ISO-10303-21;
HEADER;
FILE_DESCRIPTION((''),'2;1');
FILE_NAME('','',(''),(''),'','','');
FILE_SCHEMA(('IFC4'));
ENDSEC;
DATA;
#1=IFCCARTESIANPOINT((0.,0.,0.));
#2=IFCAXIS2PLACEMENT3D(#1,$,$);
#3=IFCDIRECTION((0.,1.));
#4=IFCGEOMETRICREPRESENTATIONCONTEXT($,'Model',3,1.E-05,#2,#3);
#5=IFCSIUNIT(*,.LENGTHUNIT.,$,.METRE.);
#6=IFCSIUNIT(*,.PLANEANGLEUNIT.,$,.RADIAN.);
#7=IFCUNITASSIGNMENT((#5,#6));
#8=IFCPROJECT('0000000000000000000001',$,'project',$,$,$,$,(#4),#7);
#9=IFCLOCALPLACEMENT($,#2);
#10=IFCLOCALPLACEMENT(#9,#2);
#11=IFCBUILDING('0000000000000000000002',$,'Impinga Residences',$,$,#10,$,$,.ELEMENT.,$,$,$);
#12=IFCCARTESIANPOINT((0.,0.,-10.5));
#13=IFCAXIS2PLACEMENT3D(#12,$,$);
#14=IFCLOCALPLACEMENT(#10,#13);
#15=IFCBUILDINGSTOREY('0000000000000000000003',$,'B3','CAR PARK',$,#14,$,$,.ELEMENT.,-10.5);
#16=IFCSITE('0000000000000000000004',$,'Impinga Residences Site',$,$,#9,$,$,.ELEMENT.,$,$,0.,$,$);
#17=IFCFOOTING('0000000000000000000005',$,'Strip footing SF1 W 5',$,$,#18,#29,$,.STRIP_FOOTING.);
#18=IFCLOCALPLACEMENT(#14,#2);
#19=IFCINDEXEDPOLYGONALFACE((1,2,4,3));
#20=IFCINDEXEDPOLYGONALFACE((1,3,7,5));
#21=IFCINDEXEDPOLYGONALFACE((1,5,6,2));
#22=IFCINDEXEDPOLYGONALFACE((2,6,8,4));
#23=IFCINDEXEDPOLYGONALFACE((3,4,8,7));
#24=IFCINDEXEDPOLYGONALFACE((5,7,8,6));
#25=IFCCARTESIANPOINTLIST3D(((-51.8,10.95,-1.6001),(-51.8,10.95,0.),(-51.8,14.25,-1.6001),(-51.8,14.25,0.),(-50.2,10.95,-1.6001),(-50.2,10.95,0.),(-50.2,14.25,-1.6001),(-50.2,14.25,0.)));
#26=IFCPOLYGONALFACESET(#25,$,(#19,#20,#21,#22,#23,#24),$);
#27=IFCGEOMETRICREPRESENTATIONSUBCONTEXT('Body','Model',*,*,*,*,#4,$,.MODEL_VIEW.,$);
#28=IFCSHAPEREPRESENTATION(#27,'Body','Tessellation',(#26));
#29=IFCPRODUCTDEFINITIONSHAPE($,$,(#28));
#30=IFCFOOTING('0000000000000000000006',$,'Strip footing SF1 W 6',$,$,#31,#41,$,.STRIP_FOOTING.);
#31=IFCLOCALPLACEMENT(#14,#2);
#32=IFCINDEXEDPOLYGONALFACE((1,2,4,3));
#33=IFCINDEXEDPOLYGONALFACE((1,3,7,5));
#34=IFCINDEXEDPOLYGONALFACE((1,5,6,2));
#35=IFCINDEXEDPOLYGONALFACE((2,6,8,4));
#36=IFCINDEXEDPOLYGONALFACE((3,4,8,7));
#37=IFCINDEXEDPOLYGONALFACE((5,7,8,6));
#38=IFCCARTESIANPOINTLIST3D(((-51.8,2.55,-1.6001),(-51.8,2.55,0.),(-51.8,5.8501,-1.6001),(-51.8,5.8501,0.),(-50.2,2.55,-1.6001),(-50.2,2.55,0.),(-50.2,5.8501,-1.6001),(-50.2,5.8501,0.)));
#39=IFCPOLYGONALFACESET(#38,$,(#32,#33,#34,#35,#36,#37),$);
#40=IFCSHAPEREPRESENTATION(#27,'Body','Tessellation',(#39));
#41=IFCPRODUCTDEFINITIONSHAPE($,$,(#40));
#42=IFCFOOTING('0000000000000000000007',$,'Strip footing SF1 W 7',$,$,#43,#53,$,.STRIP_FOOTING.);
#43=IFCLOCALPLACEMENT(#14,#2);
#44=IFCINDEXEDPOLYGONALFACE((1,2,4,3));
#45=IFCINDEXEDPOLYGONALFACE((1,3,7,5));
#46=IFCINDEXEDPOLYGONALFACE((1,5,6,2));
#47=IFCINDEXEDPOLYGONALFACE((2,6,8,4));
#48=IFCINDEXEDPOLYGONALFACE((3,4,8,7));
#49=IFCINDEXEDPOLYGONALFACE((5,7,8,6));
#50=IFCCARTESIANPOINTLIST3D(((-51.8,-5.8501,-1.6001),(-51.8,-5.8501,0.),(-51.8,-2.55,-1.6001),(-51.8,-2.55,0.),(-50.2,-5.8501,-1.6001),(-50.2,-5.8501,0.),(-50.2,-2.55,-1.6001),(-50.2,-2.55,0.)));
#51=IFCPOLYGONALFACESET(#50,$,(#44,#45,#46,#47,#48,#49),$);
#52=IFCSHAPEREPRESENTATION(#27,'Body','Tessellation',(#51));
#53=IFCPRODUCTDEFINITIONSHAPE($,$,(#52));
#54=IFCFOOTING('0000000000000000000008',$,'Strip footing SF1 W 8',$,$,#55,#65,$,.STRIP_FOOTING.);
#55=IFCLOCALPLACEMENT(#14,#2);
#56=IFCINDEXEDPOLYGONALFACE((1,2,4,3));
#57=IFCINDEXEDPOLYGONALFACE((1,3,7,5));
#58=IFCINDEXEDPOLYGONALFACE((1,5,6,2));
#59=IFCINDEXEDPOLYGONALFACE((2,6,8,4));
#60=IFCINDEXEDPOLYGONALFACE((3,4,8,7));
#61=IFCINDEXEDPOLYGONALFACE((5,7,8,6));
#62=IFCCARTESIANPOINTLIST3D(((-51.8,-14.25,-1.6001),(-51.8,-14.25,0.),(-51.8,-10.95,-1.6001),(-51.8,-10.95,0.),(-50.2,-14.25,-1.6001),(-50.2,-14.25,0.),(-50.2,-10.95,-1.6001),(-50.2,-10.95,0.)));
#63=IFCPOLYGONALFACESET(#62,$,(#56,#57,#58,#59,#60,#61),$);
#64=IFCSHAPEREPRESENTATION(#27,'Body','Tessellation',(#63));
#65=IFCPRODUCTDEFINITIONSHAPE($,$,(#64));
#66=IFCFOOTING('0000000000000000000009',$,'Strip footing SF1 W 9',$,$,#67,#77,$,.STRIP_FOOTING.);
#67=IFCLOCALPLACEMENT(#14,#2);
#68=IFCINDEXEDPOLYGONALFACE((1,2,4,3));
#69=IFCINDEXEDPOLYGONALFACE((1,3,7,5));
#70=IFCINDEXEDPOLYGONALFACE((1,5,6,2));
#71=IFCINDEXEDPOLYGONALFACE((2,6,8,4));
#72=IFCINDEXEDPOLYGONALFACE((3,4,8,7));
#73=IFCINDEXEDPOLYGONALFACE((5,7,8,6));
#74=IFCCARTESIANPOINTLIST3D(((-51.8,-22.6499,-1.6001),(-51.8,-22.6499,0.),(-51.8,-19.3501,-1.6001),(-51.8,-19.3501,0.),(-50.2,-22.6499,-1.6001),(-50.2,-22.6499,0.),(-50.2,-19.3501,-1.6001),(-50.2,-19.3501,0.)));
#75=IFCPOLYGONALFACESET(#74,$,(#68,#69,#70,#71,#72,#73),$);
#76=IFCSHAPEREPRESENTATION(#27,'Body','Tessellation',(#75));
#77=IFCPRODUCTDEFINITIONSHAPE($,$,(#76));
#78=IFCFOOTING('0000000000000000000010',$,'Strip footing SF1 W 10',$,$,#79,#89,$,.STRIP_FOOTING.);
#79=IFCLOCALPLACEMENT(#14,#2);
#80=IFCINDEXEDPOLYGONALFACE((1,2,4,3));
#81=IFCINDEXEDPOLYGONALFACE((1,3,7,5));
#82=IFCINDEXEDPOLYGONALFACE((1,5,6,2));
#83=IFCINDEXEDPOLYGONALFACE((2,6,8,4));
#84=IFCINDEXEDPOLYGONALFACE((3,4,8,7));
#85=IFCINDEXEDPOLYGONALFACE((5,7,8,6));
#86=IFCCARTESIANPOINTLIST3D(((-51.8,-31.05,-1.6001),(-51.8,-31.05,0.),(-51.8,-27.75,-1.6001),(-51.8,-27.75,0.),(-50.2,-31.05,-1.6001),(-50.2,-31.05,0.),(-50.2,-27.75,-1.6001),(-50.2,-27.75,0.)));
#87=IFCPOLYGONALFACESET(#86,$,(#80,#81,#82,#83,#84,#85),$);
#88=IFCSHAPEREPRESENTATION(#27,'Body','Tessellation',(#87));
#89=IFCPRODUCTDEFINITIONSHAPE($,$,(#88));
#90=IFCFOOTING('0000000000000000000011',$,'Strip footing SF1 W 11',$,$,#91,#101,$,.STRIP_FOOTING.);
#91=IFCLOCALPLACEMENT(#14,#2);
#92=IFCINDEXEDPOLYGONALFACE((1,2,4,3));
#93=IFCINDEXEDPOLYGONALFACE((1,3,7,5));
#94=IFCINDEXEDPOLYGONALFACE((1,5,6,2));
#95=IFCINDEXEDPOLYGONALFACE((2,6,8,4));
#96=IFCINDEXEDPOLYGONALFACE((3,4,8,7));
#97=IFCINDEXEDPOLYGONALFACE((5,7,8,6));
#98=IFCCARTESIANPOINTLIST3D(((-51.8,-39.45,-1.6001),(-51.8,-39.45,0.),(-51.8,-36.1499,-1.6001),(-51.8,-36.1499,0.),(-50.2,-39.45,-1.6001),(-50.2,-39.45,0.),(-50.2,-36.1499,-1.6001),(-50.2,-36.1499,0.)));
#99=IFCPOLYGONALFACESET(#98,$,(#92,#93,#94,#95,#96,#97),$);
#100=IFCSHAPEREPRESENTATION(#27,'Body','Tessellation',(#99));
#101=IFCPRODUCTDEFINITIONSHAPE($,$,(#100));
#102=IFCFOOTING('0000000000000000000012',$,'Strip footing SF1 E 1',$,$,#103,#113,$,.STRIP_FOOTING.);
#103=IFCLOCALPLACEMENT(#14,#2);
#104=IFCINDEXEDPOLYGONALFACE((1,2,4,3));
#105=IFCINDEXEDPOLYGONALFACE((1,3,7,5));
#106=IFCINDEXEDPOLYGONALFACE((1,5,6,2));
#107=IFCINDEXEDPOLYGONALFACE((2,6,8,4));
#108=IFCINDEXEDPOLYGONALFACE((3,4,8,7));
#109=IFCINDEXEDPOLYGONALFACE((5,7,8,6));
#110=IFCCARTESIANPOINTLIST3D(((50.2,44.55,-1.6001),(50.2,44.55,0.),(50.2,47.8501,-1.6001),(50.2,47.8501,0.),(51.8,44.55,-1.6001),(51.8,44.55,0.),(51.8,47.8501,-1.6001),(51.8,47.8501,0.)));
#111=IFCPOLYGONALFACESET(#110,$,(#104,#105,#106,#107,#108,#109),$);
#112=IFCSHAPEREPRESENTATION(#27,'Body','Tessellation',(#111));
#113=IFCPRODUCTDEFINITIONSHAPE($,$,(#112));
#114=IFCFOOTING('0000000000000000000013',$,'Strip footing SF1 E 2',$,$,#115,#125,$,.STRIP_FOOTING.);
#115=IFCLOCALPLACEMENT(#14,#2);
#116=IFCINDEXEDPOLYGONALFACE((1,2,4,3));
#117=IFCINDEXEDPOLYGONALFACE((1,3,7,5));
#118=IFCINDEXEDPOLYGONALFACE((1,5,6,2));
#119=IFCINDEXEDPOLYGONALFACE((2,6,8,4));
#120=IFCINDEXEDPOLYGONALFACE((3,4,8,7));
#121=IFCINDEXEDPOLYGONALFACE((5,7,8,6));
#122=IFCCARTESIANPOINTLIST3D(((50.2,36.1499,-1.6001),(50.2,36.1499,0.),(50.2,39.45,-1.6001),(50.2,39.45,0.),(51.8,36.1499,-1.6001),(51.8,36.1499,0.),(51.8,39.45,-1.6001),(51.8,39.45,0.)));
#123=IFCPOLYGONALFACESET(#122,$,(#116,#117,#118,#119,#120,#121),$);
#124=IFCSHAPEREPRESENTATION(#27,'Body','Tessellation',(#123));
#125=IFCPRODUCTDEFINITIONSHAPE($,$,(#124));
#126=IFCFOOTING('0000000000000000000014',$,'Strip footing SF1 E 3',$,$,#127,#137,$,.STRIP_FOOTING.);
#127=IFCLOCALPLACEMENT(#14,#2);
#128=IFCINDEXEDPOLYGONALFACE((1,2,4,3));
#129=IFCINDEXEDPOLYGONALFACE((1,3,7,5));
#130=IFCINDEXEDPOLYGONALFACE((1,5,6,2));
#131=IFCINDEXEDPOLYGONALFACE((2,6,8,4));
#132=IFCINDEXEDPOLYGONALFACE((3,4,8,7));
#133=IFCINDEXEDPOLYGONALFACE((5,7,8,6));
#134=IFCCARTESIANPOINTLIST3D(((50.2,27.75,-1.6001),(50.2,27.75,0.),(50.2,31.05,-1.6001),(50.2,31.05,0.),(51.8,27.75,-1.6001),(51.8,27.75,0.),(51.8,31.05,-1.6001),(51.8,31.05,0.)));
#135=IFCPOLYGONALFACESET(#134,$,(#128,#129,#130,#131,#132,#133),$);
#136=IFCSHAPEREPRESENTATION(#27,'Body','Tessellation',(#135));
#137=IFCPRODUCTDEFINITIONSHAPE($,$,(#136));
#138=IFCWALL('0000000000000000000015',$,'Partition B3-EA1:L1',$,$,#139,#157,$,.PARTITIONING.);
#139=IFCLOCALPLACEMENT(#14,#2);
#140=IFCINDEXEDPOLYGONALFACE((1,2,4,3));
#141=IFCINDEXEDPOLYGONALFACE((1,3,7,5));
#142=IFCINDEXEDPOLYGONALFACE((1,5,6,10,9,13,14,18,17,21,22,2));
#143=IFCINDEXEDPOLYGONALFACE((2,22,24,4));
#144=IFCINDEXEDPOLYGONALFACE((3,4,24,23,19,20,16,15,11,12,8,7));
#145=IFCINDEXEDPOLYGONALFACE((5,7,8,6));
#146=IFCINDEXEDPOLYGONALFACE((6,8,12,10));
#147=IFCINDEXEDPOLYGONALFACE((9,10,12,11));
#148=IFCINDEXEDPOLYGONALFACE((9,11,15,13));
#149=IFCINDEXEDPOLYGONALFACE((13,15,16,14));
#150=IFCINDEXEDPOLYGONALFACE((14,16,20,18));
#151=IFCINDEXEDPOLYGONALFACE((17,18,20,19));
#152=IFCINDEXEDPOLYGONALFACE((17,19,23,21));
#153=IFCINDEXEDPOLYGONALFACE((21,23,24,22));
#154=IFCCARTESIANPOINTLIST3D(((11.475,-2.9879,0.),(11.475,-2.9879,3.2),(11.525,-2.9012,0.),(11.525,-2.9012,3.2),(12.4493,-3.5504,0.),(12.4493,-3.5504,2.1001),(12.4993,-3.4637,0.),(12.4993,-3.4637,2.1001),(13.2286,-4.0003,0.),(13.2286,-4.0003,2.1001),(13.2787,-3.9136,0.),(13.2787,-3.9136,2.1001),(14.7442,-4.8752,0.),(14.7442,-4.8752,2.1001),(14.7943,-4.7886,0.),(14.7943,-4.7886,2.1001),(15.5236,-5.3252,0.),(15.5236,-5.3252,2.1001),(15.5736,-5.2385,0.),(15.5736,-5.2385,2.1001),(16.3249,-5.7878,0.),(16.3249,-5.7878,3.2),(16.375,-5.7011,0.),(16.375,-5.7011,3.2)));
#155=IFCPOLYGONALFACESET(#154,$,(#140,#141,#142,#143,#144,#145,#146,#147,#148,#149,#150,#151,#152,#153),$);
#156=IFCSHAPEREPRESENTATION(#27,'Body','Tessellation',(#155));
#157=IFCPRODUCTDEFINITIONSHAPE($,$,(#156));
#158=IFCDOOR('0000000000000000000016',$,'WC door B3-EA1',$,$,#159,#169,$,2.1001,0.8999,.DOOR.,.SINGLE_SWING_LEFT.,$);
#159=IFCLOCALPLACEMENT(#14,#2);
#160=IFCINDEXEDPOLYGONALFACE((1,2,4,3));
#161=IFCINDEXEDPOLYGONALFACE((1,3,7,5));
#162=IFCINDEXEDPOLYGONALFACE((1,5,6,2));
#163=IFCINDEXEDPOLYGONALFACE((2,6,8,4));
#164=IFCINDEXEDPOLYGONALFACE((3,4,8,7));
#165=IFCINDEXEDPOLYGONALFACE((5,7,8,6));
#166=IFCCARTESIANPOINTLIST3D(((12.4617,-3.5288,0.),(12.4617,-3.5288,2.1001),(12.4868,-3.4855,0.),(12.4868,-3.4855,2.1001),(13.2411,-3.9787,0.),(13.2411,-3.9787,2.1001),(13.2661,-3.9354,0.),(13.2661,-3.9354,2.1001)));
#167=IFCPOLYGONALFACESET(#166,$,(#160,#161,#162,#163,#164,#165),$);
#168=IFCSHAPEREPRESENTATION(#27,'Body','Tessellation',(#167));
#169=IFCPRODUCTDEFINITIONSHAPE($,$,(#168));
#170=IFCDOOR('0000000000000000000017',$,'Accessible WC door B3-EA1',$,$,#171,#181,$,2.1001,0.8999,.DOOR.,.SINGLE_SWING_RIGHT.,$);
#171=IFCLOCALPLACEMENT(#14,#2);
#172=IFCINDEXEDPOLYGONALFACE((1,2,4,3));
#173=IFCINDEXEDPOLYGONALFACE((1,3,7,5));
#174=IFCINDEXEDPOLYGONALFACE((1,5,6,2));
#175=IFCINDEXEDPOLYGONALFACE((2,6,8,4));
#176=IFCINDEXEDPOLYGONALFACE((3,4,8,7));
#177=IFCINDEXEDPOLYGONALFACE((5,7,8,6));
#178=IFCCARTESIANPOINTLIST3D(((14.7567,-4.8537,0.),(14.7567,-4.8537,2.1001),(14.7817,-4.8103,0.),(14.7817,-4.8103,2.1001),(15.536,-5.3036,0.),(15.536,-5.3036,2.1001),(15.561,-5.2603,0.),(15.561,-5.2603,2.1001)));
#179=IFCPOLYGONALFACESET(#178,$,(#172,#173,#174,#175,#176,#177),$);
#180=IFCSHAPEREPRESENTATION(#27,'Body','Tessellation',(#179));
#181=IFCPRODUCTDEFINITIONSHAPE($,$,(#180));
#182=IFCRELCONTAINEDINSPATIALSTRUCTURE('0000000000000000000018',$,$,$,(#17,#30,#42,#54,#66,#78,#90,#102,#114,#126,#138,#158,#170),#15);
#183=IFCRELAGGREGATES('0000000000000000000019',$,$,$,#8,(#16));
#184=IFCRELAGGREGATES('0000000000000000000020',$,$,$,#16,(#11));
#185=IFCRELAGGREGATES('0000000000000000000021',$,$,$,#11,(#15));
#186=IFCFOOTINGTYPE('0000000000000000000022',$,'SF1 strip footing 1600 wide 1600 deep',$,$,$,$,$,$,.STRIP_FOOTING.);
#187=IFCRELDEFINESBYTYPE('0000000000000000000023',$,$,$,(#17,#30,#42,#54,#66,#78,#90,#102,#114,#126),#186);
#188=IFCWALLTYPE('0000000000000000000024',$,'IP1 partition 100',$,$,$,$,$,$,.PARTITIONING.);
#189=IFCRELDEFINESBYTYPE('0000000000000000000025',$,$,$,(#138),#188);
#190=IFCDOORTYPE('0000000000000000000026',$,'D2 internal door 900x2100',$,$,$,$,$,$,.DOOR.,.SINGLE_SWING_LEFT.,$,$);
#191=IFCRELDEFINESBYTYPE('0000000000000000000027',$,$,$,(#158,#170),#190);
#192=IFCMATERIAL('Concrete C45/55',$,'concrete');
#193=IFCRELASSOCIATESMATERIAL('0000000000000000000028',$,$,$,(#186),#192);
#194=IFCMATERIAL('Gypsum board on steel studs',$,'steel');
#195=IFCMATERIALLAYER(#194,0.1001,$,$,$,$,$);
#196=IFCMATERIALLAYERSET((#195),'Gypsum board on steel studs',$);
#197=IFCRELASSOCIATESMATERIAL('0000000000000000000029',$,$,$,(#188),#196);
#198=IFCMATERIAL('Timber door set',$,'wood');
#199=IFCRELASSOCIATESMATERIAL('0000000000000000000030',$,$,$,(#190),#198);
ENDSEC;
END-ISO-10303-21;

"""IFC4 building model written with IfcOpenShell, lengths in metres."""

from ifc_helpers import new_model, si_unit, direction, frame, frame_2d, origin, place, context, subcontext, project, spatial, polyline, rectangle, outline, extrude, material, layer, layer_set, type_object, element, fill, save


model = new_model("IFC4")

# Units and contexts
model_context = context("Model", 3, precision=1e-05, world=origin(), true_north=direction((0.0, 1.0)))
body_context = subcontext(model_context, "Body", "Model", "MODEL_VIEW")
ifc_project = project(units=[si_unit("LENGTHUNIT", "METRE"), si_unit("PLANEANGLEUNIT", "RADIAN")], contexts=[model_context])

# Site, building, storey
site_placement = place(None, origin())
site = spatial("IfcSite", under=ifc_project, at=site_placement, Name="Impinga Residences Site", CompositionType="ELEMENT", RefElevation=0.0)
building_placement = place(site_placement, origin())
building = spatial("IfcBuilding", under=site, at=building_placement, Name="Impinga Residences", CompositionType="ELEMENT")
storey_placement = place(building_placement, frame((0.0, 0.0, -10.5)))
storey = spatial("IfcBuildingStorey", under=building, at=storey_placement, Name="B3", Description="CAR PARK", CompositionType="ELEMENT", Elevation=-10.5)

# Footings
ifc_material_1 = material(Name="Concrete C45/55", Category="concrete")
footing_type = type_object("IfcFootingType", Name="SF1 strip footing 1600 wide 1600 deep", PredefinedType="STRIP_FOOTING", material=ifc_material_1)
footing_1_placement = place(storey_placement, frame((0.0, 0.0, -1.6001)))
element("IfcFooting", 1, at=footing_1_placement, inside=storey, type_object=footing_type, Name="Strip footing SF1 W 5", PredefinedType="STRIP_FOOTING", context=body_context, shape_type="SweptSolid", body=[
    extrude(outline(polyline([(-50.2, 10.95), (-51.8, 10.95), (-51.8, 14.25), (-50.2, 14.25), (-50.2, 10.95)])), origin(), (0.0, 0.0, 1.0), 1.6001),
])
footing_2_placement = place(storey_placement, frame((0.0, 0.0, -1.6001)))
element("IfcFooting", 2, at=footing_2_placement, inside=storey, type_object=footing_type, Name="Strip footing SF1 W 6", PredefinedType="STRIP_FOOTING", context=body_context, shape_type="SweptSolid", body=[
    extrude(outline(polyline([(-50.2, 2.55), (-51.8, 2.55), (-51.8, 5.8501), (-50.2, 5.8501), (-50.2, 2.55)])), origin(), (0.0, 0.0, 1.0), 1.6001),
])
footing_3_placement = place(storey_placement, frame((0.0, 0.0, -1.6001)))
element("IfcFooting", 3, at=footing_3_placement, inside=storey, type_object=footing_type, Name="Strip footing SF1 W 7", PredefinedType="STRIP_FOOTING", context=body_context, shape_type="SweptSolid", body=[
    extrude(outline(polyline([(-50.2, -5.8501), (-51.8, -5.8501), (-51.8, -2.55), (-50.2, -2.55), (-50.2, -5.8501)])), origin(), (0.0, 0.0, 1.0), 1.6001),
])
footing_4_placement = place(storey_placement, frame((0.0, 0.0, -1.6001)))
element("IfcFooting", 4, at=footing_4_placement, inside=storey, type_object=footing_type, Name="Strip footing SF1 W 8", PredefinedType="STRIP_FOOTING", context=body_context, shape_type="SweptSolid", body=[
    extrude(outline(polyline([(-50.2, -14.25), (-51.8, -14.25), (-51.8, -10.95), (-50.2, -10.95), (-50.2, -14.25)])), origin(), (0.0, 0.0, 1.0), 1.6001),
])
footing_5_placement = place(storey_placement, frame((0.0, 0.0, -1.6001)))
element("IfcFooting", 5, at=footing_5_placement, inside=storey, type_object=footing_type, Name="Strip footing SF1 W 9", PredefinedType="STRIP_FOOTING", context=body_context, shape_type="SweptSolid", body=[
    extrude(outline(polyline([(-50.2, -22.6499), (-51.8, -22.6499), (-51.8, -19.3501), (-50.2, -19.3501), (-50.2, -22.6499)])), origin(), (0.0, 0.0, 1.0), 1.6001),
])
footing_6_placement = place(storey_placement, frame((0.0, 0.0, -1.6001)))
element("IfcFooting", 6, at=footing_6_placement, inside=storey, type_object=footing_type, Name="Strip footing SF1 W 10", PredefinedType="STRIP_FOOTING", context=body_context, shape_type="SweptSolid", body=[
    extrude(outline(polyline([(-50.2, -31.05), (-51.8, -31.05), (-51.8, -27.75), (-50.2, -27.75), (-50.2, -31.05)])), origin(), (0.0, 0.0, 1.0), 1.6001),
])
footing_7_placement = place(storey_placement, frame((0.0, 0.0, -1.6001)))
element("IfcFooting", 7, at=footing_7_placement, inside=storey, type_object=footing_type, Name="Strip footing SF1 W 11", PredefinedType="STRIP_FOOTING", context=body_context, shape_type="SweptSolid", body=[
    extrude(outline(polyline([(-50.2, -39.45), (-51.8, -39.45), (-51.8, -36.1499), (-50.2, -36.1499), (-50.2, -39.45)])), origin(), (0.0, 0.0, 1.0), 1.6001),
])
footing_8_placement = place(storey_placement, frame((0.0, 0.0, -1.6001)))
element("IfcFooting", 8, at=footing_8_placement, inside=storey, type_object=footing_type, Name="Strip footing SF1 E 1", PredefinedType="STRIP_FOOTING", context=body_context, shape_type="SweptSolid", body=[
    extrude(outline(polyline([(51.8, 44.55), (50.2, 44.55), (50.2, 47.8501), (51.8, 47.8501), (51.8, 44.55)])), origin(), (0.0, 0.0, 1.0), 1.6001),
])
footing_9_placement = place(storey_placement, frame((0.0, 0.0, -1.6001)))
element("IfcFooting", 9, at=footing_9_placement, inside=storey, type_object=footing_type, Name="Strip footing SF1 E 2", PredefinedType="STRIP_FOOTING", context=body_context, shape_type="SweptSolid", body=[
    extrude(outline(polyline([(51.8, 36.1499), (50.2, 36.1499), (50.2, 39.45), (51.8, 39.45), (51.8, 36.1499)])), origin(), (0.0, 0.0, 1.0), 1.6001),
])
footing_10_placement = place(storey_placement, frame((0.0, 0.0, -1.6001)))
element("IfcFooting", 10, at=footing_10_placement, inside=storey, type_object=footing_type, Name="Strip footing SF1 E 3", PredefinedType="STRIP_FOOTING", context=body_context, shape_type="SweptSolid", body=[
    extrude(outline(polyline([(51.8, 27.75), (50.2, 27.75), (50.2, 31.05), (51.8, 31.05), (51.8, 27.75)])), origin(), (0.0, 0.0, 1.0), 1.6001),
])

# Wall, openings, doors
ifc_material_2 = material(Name="Gypsum board on steel studs", Category="steel")
ifc_layer_1 = layer(ifc_material_2, 0.1001)
ifc_layer_set_1 = layer_set([ifc_layer_1], Name="Gypsum board on steel studs")
wall_type_1 = type_object("IfcWallType", Name="IP1 partition 100", PredefinedType="PARTITIONING", material=ifc_layer_set_1)
wall_1_placement = place(storey_placement, frame((11.5, -2.9446, 0.0), z_axis=(0.0, 0.0, 1.0), x_axis=(0.866045, -0.499965, 0.0)))
wall_1 = element("IfcWall", 11, at=wall_1_placement, inside=storey, type_object=wall_type_1, Name="Partition B3-EA1:L1", PredefinedType="PARTITIONING", context=body_context, shape_type="SweptSolid", body=[
    extrude(rectangle(XDim=5.6001, YDim=0.1001, at=frame_2d((2.8, 0.0))), origin(), (0.0, 0.0, 1.0), 3.2),
])
opening_1_placement = place(wall_1_placement, frame((1.125, 0.0, 0.0)))
opening_1 = element("IfcOpeningElement", 12, at=opening_1_placement, cuts=wall_1, PredefinedType="OPENING", context=body_context, shape_type="SweptSolid", body=[
    extrude(rectangle(XDim=0.8999, YDim=2.1001, at=frame_2d((0.45, 1.05))), frame((0.0, 0.0601, 0.0), z_axis=(0.0, -1.0, 0.0), x_axis=(1.0, 0.0, 0.0)), (0.0, 0.0, 1.0), 0.1201),
])
opening_2_placement = place(wall_1_placement, frame((3.7749, 0.0, 0.0)))
opening_2 = element("IfcOpeningElement", 13, at=opening_2_placement, cuts=wall_1, PredefinedType="OPENING", context=body_context, shape_type="SweptSolid", body=[
    extrude(rectangle(XDim=0.8999, YDim=2.1001, at=frame_2d((0.45, 1.05))), frame((0.0, 0.0601, 0.0), z_axis=(0.0, -1.0, 0.0), x_axis=(1.0, 0.0, 0.0)), (0.0, 0.0, 1.0), 0.1201),
])
ifc_material_3 = material(Name="Timber door set", Category="wood")
door_type_1 = type_object("IfcDoorType", Name="D2 internal door 900x2100", OperationType="SINGLE_SWING_LEFT", PredefinedType="DOOR", material=ifc_material_3)
door_1_placement = place(opening_1_placement, origin())
door_1 = element("IfcDoor", 14, at=door_1_placement, inside=storey, type_object=door_type_1, Name="WC door B3-EA1", OperationType="SINGLE_SWING_LEFT", OverallHeight=2.1001, OverallWidth=0.8999, PredefinedType="DOOR", context=body_context, shape_type="SweptSolid", body=[
    extrude(rectangle(XDim=0.8999, YDim=2.1001, at=frame_2d((0.45, 1.05))), frame((0.0, 0.0249, 0.0), z_axis=(0.0, -1.0, 0.0), x_axis=(1.0, 0.0, 0.0)), (0.0, 0.0, 1.0), 0.05),
])
fill(opening_1, door_1)
door_2_placement = place(opening_2_placement, origin())
door_2 = element("IfcDoor", 15, at=door_2_placement, inside=storey, type_object=door_type_1, Name="Accessible WC door B3-EA1", OperationType="SINGLE_SWING_RIGHT", OverallHeight=2.1001, OverallWidth=0.8999, PredefinedType="DOOR", context=body_context, shape_type="SweptSolid", body=[
    extrude(rectangle(XDim=0.8999, YDim=2.1001, at=frame_2d((0.45, 1.05))), frame((0.0, 0.0249, 0.0), z_axis=(0.0, -1.0, 0.0), x_axis=(1.0, 0.0, 0.0)), (0.0, 0.0, 1.0), 0.05),
])
fill(opening_2, door_2)

save(model, "model.ifc")
